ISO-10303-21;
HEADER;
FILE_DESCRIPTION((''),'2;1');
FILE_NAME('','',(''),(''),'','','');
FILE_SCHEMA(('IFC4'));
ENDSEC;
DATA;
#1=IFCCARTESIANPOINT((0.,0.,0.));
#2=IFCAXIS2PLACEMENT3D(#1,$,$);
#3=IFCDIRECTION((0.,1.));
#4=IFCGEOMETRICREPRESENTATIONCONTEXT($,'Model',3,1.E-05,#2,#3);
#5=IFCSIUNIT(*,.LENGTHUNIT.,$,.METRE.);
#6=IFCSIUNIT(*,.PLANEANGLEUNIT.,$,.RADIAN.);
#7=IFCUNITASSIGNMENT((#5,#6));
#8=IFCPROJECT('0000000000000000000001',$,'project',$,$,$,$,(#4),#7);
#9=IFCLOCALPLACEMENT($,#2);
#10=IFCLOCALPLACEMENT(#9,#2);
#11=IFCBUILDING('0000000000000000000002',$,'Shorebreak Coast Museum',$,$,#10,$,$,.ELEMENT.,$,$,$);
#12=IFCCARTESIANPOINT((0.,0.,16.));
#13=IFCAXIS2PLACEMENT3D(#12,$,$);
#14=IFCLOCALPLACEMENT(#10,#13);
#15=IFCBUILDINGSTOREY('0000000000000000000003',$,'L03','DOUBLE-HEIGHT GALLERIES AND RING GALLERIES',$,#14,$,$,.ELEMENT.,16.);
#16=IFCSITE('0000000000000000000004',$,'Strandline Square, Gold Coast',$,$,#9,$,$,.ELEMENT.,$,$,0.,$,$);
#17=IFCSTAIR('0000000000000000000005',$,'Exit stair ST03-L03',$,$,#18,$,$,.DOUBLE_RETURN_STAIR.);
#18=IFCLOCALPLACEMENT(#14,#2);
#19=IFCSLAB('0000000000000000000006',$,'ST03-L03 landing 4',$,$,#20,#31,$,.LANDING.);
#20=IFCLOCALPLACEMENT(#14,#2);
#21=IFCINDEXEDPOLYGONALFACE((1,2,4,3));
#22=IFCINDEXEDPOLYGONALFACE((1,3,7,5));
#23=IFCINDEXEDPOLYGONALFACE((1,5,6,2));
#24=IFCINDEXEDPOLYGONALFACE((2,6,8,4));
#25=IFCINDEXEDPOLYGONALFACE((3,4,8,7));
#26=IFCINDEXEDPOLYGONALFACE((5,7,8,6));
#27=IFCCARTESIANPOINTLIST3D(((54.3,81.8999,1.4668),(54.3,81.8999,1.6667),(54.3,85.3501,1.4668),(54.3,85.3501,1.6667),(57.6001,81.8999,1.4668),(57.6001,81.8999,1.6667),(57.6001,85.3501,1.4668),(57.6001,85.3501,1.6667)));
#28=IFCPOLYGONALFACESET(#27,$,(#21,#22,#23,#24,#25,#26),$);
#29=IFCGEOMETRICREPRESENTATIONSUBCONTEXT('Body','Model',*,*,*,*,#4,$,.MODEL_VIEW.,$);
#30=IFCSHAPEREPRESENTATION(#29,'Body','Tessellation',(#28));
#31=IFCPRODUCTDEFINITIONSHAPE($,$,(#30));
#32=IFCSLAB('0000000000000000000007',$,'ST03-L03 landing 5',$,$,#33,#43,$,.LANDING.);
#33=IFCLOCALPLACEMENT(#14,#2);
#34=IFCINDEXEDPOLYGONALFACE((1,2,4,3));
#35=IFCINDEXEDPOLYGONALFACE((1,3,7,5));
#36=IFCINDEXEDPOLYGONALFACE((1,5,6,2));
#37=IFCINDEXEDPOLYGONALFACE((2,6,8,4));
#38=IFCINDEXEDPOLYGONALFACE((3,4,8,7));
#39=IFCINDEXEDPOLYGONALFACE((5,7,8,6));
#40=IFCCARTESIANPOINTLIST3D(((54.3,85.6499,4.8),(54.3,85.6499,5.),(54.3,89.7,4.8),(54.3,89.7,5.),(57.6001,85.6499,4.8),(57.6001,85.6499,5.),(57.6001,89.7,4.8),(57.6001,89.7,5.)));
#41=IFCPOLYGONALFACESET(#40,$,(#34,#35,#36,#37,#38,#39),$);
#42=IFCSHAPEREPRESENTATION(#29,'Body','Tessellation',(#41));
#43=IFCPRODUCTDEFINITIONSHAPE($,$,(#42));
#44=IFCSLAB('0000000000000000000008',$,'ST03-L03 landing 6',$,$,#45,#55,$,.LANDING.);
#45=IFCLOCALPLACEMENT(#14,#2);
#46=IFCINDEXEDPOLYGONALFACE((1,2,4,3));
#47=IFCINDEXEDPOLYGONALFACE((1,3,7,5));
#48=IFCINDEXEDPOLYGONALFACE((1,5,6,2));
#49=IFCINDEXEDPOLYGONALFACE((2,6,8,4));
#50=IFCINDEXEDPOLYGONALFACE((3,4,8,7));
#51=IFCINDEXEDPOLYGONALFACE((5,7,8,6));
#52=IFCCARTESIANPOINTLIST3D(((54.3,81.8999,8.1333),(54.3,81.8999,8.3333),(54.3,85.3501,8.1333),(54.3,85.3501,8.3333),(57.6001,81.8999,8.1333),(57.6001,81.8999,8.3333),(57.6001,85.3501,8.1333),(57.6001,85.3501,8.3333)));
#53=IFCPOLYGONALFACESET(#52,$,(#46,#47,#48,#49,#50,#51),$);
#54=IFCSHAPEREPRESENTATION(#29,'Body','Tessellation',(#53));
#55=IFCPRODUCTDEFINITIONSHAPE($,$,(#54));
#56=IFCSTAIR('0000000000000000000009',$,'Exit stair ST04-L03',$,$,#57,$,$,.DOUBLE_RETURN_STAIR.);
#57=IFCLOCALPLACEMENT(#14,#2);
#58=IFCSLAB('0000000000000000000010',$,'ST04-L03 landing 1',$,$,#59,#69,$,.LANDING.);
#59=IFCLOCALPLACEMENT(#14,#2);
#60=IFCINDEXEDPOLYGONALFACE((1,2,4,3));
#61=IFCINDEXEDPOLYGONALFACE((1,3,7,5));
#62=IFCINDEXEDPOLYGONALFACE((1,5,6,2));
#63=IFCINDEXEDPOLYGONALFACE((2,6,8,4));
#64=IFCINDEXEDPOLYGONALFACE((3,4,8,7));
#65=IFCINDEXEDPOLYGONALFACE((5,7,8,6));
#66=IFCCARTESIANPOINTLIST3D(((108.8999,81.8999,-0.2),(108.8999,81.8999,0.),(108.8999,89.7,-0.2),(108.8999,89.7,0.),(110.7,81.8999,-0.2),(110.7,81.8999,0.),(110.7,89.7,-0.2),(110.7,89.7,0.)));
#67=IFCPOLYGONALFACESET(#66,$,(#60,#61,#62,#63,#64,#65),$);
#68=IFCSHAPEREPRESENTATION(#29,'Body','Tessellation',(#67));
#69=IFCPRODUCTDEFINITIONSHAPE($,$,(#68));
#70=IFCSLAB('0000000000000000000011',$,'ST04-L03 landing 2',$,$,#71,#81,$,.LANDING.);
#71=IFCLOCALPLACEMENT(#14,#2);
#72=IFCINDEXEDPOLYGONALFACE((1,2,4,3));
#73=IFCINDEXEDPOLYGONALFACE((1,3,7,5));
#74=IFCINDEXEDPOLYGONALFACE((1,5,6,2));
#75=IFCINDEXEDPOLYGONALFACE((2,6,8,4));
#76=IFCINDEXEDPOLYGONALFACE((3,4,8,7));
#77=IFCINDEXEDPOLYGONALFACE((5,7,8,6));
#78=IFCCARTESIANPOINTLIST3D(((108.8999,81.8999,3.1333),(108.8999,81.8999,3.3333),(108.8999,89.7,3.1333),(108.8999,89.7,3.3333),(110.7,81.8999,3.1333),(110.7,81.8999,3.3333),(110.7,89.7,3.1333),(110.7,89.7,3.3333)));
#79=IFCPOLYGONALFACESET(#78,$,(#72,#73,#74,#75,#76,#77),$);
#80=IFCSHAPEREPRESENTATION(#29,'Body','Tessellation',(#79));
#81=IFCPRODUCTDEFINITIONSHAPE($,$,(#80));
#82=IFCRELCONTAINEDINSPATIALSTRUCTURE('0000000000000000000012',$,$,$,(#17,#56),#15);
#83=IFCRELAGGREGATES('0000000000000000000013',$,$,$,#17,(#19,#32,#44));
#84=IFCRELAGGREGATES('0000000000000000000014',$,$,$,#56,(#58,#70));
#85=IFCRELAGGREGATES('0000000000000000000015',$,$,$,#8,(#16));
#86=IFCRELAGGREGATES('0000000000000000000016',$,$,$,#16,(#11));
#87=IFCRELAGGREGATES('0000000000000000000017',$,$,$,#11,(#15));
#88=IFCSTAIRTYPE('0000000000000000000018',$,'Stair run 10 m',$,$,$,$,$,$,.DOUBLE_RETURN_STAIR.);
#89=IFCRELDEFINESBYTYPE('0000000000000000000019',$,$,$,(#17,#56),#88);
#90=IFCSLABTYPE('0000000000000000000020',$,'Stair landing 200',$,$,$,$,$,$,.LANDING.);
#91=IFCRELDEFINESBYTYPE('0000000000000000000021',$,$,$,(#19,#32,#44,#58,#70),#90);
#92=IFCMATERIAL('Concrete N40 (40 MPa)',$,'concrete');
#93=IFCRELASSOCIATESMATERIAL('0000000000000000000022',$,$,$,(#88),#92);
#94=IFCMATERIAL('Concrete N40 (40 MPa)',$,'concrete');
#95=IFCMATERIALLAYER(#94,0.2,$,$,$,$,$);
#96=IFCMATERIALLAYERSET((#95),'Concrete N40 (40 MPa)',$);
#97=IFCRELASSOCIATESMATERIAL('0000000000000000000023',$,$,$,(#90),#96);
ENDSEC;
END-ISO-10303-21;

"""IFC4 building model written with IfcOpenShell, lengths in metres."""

from ifc_helpers import new_model, si_unit, direction, frame, origin, place, context, subcontext, project, spatial, polyline, outline, extrude, material, layer, layer_set, type_object, element, aggregate, save


model = new_model("IFC4")

# Units and contexts
model_context = context("Model", 3, precision=1e-05, world=origin(), true_north=direction((0.0, 1.0)))
body_context = subcontext(model_context, "Body", "Model", "MODEL_VIEW")
ifc_project = project(units=[si_unit("LENGTHUNIT", "METRE"), si_unit("PLANEANGLEUNIT", "RADIAN")], contexts=[model_context])

# Site, building, storey
site_placement = place(None, origin())
site = spatial("IfcSite", under=ifc_project, at=site_placement, Name="Strandline Square, Gold Coast", CompositionType="ELEMENT", RefElevation=0.0)
building_placement = place(site_placement, origin())
building = spatial("IfcBuilding", under=site, at=building_placement, Name="Shorebreak Coast Museum", CompositionType="ELEMENT")
storey_placement = place(building_placement, frame((0.0, 0.0, 16.0)))
storey = spatial("IfcBuildingStorey", under=building, at=storey_placement, Name="L03", Description="DOUBLE-HEIGHT GALLERIES AND RING GALLERIES", CompositionType="ELEMENT", Elevation=16.0)

# Stairs, slabs
ifc_material_1 = material(Name="Concrete N40 (40 MPa)", Category="concrete")
stair_type = type_object("IfcStairType", Name="Stair run 10 m", PredefinedType="DOUBLE_RETURN_STAIR", material=ifc_material_1)
ifc_material_2 = material(Name="Concrete N40 (40 MPa)", Category="concrete")
ifc_layer_1 = layer(ifc_material_2, 0.2)
ifc_layer_set_1 = layer_set([ifc_layer_1], Name="Concrete N40 (40 MPa)")
slab_type_1 = type_object("IfcSlabType", Name="Stair landing 200", PredefinedType="LANDING", material=ifc_layer_set_1)
stair_1_placement = place(storey_placement, origin())
stair_1 = element("IfcStair", 1, at=stair_1_placement, inside=storey, type_object=stair_type, Name="Exit stair ST03-L03", PredefinedType="DOUBLE_RETURN_STAIR")
slab_1_placement = place(storey_placement, frame((0.0, 0.0, 1.4668)))
slab_1 = element("IfcSlab", 2, at=slab_1_placement, type_object=slab_type_1, Name="ST03-L03 landing 4", PredefinedType="LANDING", context=body_context, shape_type="SweptSolid", body=[
    extrude(outline(polyline([(54.3, 81.8999), (57.6001, 81.8999), (57.6001, 85.3501), (54.3, 85.3501), (54.3, 81.8999)])), origin(), (0.0, 0.0, 1.0), 0.2),
])
slab_2_placement = place(storey_placement, frame((0.0, 0.0, 4.8)))
slab_2 = element("IfcSlab", 3, at=slab_2_placement, type_object=slab_type_1, Name="ST03-L03 landing 5", PredefinedType="LANDING", context=body_context, shape_type="SweptSolid", body=[
    extrude(outline(polyline([(54.3, 85.6499), (57.6001, 85.6499), (57.6001, 89.7), (54.3, 89.7), (54.3, 85.6499)])), origin(), (0.0, 0.0, 1.0), 0.2),
])
slab_3_placement = place(storey_placement, frame((0.0, 0.0, 8.1333)))
slab_3 = element("IfcSlab", 4, at=slab_3_placement, type_object=slab_type_1, Name="ST03-L03 landing 6", PredefinedType="LANDING", context=body_context, shape_type="SweptSolid", body=[
    extrude(outline(polyline([(54.3, 81.8999), (57.6001, 81.8999), (57.6001, 85.3501), (54.3, 85.3501), (54.3, 81.8999)])), origin(), (0.0, 0.0, 1.0), 0.2),
])
aggregate(stair_1, [slab_1, slab_2, slab_3])
stair_2_placement = place(storey_placement, origin())
stair_2 = element("IfcStair", 5, at=stair_2_placement, inside=storey, type_object=stair_type, Name="Exit stair ST04-L03", PredefinedType="DOUBLE_RETURN_STAIR")
slab_4_placement = place(storey_placement, frame((0.0, 0.0, -0.2)))
slab_4 = element("IfcSlab", 6, at=slab_4_placement, type_object=slab_type_1, Name="ST04-L03 landing 1", PredefinedType="LANDING", context=body_context, shape_type="SweptSolid", body=[
    extrude(outline(polyline([(108.8999, 81.8999), (110.7, 81.8999), (110.7, 89.7), (108.8999, 89.7), (108.8999, 81.8999)])), origin(), (0.0, 0.0, 1.0), 0.2),
])
slab_5_placement = place(storey_placement, frame((0.0, 0.0, 3.1333)))
slab_5 = element("IfcSlab", 7, at=slab_5_placement, type_object=slab_type_1, Name="ST04-L03 landing 2", PredefinedType="LANDING", context=body_context, shape_type="SweptSolid", body=[
    extrude(outline(polyline([(108.8999, 81.8999), (110.7, 81.8999), (110.7, 89.7), (108.8999, 89.7), (108.8999, 81.8999)])), origin(), (0.0, 0.0, 1.0), 0.2),
])
aggregate(stair_2, [slab_4, slab_5])

save(model, "model.ifc")
